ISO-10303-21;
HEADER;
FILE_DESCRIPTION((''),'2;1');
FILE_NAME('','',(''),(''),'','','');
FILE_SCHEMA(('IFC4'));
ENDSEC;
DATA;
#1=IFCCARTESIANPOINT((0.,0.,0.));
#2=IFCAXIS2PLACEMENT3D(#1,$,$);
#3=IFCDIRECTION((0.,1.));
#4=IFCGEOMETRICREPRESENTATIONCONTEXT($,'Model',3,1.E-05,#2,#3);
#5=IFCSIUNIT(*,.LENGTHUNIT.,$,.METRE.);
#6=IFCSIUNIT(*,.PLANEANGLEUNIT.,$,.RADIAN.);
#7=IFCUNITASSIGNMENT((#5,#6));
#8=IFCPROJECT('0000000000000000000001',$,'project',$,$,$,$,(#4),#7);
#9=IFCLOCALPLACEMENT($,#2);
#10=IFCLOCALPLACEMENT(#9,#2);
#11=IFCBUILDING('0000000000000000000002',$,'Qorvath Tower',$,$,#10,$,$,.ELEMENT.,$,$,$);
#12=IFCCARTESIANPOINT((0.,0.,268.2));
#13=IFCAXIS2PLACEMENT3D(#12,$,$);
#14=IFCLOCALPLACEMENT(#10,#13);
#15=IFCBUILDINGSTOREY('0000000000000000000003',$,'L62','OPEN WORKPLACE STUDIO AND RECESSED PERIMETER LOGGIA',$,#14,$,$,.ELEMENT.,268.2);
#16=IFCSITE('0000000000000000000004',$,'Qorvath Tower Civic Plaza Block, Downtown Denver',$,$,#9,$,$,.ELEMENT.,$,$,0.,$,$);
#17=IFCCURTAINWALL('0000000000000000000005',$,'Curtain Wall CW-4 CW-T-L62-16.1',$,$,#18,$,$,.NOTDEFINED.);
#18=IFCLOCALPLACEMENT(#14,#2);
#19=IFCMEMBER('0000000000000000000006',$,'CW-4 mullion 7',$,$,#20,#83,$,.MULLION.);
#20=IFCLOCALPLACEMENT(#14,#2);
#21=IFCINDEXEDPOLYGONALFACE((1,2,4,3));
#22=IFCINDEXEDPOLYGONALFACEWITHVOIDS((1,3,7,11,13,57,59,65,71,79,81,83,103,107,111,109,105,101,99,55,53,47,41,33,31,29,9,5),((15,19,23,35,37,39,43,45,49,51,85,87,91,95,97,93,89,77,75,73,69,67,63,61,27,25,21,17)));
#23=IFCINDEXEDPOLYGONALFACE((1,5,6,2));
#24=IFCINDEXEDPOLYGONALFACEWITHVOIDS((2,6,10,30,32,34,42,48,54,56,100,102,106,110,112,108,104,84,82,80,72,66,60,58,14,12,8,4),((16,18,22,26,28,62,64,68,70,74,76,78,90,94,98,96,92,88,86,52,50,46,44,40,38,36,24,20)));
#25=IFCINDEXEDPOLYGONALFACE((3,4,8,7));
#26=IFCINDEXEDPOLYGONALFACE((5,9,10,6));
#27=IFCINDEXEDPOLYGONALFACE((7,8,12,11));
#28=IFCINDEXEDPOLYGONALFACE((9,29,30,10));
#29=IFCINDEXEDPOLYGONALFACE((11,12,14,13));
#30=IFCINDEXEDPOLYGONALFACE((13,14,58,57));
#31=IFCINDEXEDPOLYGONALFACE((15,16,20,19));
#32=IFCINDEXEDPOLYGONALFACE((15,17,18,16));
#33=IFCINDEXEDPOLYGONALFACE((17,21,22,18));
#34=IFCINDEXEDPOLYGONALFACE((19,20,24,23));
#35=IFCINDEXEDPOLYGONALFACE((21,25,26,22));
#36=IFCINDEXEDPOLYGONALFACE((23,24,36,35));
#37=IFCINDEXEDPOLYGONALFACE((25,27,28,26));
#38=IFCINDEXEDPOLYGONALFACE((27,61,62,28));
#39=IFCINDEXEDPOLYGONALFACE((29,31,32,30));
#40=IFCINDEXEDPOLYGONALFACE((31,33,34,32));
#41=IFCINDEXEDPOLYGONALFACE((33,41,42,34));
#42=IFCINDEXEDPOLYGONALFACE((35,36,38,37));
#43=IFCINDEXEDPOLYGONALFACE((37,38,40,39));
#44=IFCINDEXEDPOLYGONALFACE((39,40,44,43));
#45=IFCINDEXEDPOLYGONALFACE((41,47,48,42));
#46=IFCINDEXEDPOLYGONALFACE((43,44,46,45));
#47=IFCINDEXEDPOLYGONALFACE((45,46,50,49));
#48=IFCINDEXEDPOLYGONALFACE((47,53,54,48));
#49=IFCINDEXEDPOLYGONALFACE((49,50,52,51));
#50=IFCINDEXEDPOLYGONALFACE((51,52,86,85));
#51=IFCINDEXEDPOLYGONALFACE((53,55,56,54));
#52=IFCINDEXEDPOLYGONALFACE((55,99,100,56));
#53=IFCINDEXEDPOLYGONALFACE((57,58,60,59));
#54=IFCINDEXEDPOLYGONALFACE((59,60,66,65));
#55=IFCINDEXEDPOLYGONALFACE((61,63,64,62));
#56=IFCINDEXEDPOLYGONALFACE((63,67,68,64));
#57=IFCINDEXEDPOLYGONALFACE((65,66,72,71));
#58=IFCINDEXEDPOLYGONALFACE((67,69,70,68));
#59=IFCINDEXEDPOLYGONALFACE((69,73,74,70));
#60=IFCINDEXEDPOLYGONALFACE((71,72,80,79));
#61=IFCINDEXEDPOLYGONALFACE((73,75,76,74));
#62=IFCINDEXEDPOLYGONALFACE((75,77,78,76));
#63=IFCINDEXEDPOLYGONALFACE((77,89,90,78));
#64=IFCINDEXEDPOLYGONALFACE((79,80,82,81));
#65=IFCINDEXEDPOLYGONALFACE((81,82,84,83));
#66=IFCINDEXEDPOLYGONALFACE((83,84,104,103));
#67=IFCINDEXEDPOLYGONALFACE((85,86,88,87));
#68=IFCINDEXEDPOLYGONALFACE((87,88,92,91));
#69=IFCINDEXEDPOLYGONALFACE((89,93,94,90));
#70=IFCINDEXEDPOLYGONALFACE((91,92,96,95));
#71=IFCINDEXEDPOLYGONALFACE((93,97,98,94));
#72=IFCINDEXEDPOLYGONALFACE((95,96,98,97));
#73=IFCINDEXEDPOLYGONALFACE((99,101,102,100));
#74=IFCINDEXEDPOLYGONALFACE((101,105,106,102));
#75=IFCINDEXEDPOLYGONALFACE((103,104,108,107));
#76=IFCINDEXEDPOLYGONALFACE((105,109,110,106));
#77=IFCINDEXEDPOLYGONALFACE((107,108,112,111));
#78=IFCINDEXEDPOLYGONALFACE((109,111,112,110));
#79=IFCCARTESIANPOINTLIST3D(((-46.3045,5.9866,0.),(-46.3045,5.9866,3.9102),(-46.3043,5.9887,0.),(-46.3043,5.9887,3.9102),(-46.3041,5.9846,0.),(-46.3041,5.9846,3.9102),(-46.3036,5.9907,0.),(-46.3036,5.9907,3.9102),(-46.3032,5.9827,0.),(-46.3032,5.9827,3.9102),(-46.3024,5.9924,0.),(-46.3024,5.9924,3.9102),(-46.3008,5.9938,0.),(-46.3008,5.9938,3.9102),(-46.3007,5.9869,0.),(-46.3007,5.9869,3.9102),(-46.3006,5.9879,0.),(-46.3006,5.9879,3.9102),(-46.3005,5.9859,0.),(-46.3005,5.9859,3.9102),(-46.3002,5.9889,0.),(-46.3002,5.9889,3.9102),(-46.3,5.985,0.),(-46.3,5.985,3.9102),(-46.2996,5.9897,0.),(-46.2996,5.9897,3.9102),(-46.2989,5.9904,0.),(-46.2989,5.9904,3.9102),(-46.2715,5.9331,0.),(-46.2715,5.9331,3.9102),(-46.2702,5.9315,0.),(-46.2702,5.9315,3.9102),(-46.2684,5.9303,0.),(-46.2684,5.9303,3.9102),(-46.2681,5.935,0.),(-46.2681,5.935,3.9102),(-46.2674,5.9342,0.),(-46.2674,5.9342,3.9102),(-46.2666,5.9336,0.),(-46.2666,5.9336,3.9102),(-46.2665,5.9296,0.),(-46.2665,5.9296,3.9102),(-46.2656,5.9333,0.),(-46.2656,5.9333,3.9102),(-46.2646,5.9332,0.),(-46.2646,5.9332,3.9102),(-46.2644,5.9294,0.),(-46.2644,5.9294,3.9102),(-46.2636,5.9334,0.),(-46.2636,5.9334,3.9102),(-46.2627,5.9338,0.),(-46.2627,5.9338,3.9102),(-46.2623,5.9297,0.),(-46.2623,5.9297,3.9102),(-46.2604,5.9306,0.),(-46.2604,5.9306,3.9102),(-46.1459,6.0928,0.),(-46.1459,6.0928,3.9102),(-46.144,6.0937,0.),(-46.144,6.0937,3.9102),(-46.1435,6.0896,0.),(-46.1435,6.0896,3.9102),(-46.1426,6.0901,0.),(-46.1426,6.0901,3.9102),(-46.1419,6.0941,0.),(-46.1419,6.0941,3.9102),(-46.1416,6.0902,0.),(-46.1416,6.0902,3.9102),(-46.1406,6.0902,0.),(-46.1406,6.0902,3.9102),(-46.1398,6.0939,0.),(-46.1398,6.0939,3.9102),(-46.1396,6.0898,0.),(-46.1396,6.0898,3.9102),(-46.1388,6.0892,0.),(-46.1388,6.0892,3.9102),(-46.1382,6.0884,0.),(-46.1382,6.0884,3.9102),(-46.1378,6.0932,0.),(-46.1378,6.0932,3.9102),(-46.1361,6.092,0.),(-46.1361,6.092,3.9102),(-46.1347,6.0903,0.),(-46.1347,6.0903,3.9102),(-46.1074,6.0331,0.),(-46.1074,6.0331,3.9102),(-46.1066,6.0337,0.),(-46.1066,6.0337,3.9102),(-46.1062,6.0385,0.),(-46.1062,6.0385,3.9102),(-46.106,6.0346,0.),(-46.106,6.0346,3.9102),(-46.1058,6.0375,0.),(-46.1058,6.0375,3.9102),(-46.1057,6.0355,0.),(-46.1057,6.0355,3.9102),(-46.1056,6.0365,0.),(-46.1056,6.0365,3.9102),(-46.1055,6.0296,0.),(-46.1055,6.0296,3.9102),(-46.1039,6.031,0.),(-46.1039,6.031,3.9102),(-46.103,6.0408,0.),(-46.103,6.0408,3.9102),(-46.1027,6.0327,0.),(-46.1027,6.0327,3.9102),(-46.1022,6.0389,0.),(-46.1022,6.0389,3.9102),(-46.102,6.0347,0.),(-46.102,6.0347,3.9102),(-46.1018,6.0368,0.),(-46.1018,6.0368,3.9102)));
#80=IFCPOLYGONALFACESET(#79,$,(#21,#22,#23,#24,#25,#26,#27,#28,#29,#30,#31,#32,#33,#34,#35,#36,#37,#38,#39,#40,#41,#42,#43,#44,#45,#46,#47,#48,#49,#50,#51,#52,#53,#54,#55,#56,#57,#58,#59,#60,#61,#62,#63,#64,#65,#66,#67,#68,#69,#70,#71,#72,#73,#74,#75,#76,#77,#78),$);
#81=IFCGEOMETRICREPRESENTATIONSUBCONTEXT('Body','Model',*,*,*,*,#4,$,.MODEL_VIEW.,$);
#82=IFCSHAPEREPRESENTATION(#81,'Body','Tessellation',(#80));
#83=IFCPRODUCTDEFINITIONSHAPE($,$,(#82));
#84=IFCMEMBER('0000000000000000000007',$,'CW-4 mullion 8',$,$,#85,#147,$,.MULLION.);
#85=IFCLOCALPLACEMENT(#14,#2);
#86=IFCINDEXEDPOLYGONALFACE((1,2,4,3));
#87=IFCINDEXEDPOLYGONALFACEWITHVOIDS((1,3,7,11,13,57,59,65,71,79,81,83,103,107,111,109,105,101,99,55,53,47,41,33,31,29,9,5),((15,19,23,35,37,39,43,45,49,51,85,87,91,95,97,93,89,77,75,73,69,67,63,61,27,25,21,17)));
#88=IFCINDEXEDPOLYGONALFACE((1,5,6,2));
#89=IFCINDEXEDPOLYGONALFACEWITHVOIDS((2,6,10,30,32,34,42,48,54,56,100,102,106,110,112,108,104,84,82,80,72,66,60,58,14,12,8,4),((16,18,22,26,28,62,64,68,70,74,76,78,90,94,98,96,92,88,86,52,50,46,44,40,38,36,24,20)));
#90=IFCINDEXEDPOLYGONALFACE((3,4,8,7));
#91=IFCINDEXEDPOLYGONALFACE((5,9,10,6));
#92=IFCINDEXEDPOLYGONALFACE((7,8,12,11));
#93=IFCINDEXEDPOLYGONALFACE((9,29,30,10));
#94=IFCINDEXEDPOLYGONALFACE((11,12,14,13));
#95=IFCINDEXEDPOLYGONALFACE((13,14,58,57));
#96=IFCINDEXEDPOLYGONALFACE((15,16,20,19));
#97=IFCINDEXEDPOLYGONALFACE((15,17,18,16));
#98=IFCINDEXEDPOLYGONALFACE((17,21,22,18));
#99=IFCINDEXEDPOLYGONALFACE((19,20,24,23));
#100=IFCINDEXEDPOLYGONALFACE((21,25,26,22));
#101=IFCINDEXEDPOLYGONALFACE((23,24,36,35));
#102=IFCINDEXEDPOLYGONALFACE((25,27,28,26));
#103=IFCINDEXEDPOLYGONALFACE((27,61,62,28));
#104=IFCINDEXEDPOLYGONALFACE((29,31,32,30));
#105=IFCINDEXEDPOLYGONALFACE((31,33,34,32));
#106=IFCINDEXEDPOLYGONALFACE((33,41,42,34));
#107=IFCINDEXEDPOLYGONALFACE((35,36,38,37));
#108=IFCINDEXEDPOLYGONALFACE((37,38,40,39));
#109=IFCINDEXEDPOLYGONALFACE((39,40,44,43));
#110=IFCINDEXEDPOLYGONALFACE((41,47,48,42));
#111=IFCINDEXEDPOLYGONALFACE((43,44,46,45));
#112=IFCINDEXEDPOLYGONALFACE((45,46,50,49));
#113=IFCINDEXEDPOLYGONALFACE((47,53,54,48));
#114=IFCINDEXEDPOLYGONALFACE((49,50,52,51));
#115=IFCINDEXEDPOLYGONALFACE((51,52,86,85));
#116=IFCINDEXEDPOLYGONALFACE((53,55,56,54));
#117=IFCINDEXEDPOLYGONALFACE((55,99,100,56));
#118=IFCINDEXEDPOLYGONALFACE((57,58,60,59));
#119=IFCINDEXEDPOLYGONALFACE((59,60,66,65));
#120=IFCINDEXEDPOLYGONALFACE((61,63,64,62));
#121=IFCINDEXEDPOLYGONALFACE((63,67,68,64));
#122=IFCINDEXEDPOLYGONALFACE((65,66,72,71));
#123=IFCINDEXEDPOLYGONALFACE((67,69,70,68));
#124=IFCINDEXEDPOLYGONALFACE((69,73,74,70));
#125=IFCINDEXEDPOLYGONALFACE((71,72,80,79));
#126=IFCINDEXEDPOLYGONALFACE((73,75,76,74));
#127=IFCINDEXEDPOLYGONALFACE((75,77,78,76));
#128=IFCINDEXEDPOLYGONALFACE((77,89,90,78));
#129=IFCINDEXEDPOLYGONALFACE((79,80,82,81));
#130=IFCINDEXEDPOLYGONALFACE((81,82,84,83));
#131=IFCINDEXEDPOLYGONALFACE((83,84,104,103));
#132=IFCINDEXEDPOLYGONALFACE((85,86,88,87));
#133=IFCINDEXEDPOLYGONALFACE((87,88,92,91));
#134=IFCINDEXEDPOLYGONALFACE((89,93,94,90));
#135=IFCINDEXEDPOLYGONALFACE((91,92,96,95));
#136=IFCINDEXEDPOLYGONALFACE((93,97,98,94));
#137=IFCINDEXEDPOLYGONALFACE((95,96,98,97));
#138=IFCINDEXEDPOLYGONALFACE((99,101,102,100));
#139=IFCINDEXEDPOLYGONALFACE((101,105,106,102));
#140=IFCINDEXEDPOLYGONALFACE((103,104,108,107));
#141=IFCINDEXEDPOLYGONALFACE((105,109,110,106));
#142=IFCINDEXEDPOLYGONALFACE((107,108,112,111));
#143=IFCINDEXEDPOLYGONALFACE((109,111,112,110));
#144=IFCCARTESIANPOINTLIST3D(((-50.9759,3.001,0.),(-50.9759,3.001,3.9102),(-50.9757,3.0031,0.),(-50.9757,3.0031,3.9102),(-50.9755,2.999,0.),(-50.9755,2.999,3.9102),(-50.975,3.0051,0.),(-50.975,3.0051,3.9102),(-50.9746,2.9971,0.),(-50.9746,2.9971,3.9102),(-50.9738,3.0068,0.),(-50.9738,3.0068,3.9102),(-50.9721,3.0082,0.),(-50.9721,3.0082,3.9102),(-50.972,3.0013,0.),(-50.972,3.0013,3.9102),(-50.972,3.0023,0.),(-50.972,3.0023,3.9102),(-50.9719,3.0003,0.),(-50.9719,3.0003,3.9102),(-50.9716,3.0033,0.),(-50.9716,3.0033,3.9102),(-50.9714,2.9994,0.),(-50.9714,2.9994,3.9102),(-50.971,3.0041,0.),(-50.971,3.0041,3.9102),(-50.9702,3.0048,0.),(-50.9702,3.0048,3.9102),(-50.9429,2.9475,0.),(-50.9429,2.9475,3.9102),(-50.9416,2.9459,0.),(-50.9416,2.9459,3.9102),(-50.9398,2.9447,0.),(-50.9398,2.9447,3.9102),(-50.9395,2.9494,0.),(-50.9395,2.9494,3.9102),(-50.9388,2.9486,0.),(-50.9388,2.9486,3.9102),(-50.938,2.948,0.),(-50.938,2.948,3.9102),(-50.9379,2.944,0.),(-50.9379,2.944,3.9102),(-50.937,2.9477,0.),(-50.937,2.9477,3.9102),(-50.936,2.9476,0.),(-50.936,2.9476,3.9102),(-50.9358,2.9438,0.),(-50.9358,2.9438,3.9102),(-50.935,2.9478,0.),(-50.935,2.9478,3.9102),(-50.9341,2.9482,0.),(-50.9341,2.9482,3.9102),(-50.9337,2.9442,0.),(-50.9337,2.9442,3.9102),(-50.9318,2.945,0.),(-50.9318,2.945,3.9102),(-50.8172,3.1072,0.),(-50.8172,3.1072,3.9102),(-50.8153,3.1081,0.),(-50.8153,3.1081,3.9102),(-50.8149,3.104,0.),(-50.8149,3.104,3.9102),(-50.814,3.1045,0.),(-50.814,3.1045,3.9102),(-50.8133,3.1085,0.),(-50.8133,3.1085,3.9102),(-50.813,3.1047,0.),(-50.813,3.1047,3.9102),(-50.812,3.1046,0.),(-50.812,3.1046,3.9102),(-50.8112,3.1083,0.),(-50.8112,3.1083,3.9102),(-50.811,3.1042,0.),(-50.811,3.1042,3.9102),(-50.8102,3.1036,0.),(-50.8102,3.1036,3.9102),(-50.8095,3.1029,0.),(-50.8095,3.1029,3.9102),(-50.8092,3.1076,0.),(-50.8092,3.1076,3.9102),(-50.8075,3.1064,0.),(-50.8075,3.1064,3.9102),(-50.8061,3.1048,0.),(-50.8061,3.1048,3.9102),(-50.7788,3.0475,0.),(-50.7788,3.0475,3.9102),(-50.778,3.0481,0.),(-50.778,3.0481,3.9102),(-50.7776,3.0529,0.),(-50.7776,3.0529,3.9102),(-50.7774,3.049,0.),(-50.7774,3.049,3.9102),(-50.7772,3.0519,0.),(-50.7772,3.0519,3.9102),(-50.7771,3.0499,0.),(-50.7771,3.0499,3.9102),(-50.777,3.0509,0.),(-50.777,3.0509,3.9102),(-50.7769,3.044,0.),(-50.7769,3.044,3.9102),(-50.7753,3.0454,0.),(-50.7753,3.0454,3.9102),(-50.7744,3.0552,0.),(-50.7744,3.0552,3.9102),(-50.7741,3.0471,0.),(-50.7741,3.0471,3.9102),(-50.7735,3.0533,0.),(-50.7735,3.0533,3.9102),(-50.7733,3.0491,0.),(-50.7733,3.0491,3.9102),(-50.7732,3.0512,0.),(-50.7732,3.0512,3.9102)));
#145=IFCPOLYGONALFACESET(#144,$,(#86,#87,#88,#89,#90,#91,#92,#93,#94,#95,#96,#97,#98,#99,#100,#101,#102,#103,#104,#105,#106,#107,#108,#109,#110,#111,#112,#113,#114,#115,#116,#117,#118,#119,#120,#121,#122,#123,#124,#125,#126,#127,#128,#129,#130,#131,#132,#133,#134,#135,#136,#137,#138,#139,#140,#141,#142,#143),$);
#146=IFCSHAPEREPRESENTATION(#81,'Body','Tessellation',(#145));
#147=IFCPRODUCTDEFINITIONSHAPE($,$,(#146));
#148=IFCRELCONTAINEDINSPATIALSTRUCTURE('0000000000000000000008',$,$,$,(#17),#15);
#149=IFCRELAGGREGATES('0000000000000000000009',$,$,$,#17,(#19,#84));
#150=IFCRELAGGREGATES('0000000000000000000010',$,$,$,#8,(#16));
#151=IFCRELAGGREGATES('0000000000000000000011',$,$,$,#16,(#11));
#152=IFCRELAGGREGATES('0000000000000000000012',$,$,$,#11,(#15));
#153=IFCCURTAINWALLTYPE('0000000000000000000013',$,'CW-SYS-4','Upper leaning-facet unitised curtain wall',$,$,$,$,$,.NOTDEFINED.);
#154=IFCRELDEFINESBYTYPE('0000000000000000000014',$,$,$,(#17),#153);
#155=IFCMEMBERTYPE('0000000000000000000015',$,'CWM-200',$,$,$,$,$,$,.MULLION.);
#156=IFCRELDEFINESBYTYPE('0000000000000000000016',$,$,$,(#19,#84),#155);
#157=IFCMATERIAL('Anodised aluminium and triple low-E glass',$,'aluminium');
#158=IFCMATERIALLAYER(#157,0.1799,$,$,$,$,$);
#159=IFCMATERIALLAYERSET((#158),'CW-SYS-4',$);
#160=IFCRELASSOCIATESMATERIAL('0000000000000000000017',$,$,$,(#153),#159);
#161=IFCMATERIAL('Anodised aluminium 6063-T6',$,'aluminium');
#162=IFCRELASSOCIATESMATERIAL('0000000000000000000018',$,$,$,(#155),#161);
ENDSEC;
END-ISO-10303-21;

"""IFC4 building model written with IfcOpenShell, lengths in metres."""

from ifc_helpers import new_model, si_unit, direction, frame, origin, origin_2d, place, context, subcontext, project, spatial, hollow_rectangle, extrude, material, layer, layer_set, material_profile, profile_set, type_object, element, aggregate, save


model = new_model("IFC4")

# Units and contexts
model_context = context("Model", 3, precision=1e-05, world=origin(), true_north=direction((0.0, 1.0)))
body_context = subcontext(model_context, "Body", "Model", "MODEL_VIEW")
ifc_project = project(units=[si_unit("LENGTHUNIT", "METRE"), si_unit("PLANEANGLEUNIT", "RADIAN")], contexts=[model_context])

# Site, building, storey
site_placement = place(None, origin())
site = spatial("IfcSite", under=ifc_project, at=site_placement, Name="Qorvath Tower Civic Plaza Block, Downtown Denver", CompositionType="ELEMENT", RefElevation=0.0)
building_placement = place(site_placement, origin())
building = spatial("IfcBuilding", under=site, at=building_placement, Name="Qorvath Tower", CompositionType="ELEMENT")
storey_placement = place(building_placement, frame((0.0, 0.0, 268.2)))
storey = spatial("IfcBuildingStorey", under=building, at=storey_placement, Name="L62", Description="OPEN WORKPLACE STUDIO AND RECESSED PERIMETER LOGGIA", CompositionType="ELEMENT", Elevation=268.2)

# Curtain wall, members
ifc_material_1 = material(Name="Anodised aluminium and triple low-E glass", Category="aluminium")
ifc_layer_1 = layer(ifc_material_1, 0.1799)
ifc_layer_set_1 = layer_set([ifc_layer_1], Name="CW-SYS-4")
curtain_wall_type = type_object("IfcCurtainWallType", Name="CW-SYS-4", Description="Upper leaning-facet unitised curtain wall", PredefinedType="NOTDEFINED", material=ifc_layer_set_1)
curtain_wall_placement = place(storey_placement, origin())
curtain_wall = element("IfcCurtainWall", 1, at=curtain_wall_placement, inside=storey, type_object=curtain_wall_type, Name="Curtain Wall CW-4 CW-T-L62-16.1", PredefinedType="NOTDEFINED")
ifc_material_2 = material(Name="Anodised aluminium 6063-T6", Category="aluminium")
ifc_material_profile_1 = material_profile(ifc_material_2, hollow_rectangle(XDim=0.075, YDim=0.2, WallThickness=0.0039, InnerFilletRadius=0.0039, OuterFilletRadius=0.0081, at=origin_2d()), Name="CWM 200x75")
ifc_profile_set_1 = profile_set([ifc_material_profile_1], Name="Anodised aluminium 6063-T6")
member_type_1 = type_object("IfcMemberType", Name="CWM-200", PredefinedType="MULLION", material=ifc_profile_set_1)
member_1_placement = place(storey_placement, frame((-46.2031, 6.0117, 0.0), z_axis=(0.0, 0.0, 1.0), x_axis=(0.538534, -0.842604, 0.0)))
member_1 = element("IfcMember", 2, at=member_1_placement, type_object=member_type_1, Name="CW-4 mullion 7", PredefinedType="MULLION", context=body_context, shape_type="SweptSolid", body=[
    extrude(hollow_rectangle(XDim=0.075, YDim=0.2, WallThickness=0.0039, InnerFilletRadius=0.0039, OuterFilletRadius=0.0081, at=origin_2d()), origin(), (0.0, 0.0, 1.0), 3.9102),
])
member_2_placement = place(storey_placement, frame((-50.8745, 3.0261, 0.0), z_axis=(0.0, 0.0, 1.0), x_axis=(0.538534, -0.842604, 0.0)))
member_2 = element("IfcMember", 3, at=member_2_placement, type_object=member_type_1, Name="CW-4 mullion 8", PredefinedType="MULLION", context=body_context, shape_type="SweptSolid", body=[
    extrude(hollow_rectangle(XDim=0.075, YDim=0.2, WallThickness=0.0039, InnerFilletRadius=0.0039, OuterFilletRadius=0.0081, at=origin_2d()), origin(), (0.0, 0.0, 1.0), 3.9102),
])
aggregate(curtain_wall, [member_1, member_2])

save(model, "model.ifc")
